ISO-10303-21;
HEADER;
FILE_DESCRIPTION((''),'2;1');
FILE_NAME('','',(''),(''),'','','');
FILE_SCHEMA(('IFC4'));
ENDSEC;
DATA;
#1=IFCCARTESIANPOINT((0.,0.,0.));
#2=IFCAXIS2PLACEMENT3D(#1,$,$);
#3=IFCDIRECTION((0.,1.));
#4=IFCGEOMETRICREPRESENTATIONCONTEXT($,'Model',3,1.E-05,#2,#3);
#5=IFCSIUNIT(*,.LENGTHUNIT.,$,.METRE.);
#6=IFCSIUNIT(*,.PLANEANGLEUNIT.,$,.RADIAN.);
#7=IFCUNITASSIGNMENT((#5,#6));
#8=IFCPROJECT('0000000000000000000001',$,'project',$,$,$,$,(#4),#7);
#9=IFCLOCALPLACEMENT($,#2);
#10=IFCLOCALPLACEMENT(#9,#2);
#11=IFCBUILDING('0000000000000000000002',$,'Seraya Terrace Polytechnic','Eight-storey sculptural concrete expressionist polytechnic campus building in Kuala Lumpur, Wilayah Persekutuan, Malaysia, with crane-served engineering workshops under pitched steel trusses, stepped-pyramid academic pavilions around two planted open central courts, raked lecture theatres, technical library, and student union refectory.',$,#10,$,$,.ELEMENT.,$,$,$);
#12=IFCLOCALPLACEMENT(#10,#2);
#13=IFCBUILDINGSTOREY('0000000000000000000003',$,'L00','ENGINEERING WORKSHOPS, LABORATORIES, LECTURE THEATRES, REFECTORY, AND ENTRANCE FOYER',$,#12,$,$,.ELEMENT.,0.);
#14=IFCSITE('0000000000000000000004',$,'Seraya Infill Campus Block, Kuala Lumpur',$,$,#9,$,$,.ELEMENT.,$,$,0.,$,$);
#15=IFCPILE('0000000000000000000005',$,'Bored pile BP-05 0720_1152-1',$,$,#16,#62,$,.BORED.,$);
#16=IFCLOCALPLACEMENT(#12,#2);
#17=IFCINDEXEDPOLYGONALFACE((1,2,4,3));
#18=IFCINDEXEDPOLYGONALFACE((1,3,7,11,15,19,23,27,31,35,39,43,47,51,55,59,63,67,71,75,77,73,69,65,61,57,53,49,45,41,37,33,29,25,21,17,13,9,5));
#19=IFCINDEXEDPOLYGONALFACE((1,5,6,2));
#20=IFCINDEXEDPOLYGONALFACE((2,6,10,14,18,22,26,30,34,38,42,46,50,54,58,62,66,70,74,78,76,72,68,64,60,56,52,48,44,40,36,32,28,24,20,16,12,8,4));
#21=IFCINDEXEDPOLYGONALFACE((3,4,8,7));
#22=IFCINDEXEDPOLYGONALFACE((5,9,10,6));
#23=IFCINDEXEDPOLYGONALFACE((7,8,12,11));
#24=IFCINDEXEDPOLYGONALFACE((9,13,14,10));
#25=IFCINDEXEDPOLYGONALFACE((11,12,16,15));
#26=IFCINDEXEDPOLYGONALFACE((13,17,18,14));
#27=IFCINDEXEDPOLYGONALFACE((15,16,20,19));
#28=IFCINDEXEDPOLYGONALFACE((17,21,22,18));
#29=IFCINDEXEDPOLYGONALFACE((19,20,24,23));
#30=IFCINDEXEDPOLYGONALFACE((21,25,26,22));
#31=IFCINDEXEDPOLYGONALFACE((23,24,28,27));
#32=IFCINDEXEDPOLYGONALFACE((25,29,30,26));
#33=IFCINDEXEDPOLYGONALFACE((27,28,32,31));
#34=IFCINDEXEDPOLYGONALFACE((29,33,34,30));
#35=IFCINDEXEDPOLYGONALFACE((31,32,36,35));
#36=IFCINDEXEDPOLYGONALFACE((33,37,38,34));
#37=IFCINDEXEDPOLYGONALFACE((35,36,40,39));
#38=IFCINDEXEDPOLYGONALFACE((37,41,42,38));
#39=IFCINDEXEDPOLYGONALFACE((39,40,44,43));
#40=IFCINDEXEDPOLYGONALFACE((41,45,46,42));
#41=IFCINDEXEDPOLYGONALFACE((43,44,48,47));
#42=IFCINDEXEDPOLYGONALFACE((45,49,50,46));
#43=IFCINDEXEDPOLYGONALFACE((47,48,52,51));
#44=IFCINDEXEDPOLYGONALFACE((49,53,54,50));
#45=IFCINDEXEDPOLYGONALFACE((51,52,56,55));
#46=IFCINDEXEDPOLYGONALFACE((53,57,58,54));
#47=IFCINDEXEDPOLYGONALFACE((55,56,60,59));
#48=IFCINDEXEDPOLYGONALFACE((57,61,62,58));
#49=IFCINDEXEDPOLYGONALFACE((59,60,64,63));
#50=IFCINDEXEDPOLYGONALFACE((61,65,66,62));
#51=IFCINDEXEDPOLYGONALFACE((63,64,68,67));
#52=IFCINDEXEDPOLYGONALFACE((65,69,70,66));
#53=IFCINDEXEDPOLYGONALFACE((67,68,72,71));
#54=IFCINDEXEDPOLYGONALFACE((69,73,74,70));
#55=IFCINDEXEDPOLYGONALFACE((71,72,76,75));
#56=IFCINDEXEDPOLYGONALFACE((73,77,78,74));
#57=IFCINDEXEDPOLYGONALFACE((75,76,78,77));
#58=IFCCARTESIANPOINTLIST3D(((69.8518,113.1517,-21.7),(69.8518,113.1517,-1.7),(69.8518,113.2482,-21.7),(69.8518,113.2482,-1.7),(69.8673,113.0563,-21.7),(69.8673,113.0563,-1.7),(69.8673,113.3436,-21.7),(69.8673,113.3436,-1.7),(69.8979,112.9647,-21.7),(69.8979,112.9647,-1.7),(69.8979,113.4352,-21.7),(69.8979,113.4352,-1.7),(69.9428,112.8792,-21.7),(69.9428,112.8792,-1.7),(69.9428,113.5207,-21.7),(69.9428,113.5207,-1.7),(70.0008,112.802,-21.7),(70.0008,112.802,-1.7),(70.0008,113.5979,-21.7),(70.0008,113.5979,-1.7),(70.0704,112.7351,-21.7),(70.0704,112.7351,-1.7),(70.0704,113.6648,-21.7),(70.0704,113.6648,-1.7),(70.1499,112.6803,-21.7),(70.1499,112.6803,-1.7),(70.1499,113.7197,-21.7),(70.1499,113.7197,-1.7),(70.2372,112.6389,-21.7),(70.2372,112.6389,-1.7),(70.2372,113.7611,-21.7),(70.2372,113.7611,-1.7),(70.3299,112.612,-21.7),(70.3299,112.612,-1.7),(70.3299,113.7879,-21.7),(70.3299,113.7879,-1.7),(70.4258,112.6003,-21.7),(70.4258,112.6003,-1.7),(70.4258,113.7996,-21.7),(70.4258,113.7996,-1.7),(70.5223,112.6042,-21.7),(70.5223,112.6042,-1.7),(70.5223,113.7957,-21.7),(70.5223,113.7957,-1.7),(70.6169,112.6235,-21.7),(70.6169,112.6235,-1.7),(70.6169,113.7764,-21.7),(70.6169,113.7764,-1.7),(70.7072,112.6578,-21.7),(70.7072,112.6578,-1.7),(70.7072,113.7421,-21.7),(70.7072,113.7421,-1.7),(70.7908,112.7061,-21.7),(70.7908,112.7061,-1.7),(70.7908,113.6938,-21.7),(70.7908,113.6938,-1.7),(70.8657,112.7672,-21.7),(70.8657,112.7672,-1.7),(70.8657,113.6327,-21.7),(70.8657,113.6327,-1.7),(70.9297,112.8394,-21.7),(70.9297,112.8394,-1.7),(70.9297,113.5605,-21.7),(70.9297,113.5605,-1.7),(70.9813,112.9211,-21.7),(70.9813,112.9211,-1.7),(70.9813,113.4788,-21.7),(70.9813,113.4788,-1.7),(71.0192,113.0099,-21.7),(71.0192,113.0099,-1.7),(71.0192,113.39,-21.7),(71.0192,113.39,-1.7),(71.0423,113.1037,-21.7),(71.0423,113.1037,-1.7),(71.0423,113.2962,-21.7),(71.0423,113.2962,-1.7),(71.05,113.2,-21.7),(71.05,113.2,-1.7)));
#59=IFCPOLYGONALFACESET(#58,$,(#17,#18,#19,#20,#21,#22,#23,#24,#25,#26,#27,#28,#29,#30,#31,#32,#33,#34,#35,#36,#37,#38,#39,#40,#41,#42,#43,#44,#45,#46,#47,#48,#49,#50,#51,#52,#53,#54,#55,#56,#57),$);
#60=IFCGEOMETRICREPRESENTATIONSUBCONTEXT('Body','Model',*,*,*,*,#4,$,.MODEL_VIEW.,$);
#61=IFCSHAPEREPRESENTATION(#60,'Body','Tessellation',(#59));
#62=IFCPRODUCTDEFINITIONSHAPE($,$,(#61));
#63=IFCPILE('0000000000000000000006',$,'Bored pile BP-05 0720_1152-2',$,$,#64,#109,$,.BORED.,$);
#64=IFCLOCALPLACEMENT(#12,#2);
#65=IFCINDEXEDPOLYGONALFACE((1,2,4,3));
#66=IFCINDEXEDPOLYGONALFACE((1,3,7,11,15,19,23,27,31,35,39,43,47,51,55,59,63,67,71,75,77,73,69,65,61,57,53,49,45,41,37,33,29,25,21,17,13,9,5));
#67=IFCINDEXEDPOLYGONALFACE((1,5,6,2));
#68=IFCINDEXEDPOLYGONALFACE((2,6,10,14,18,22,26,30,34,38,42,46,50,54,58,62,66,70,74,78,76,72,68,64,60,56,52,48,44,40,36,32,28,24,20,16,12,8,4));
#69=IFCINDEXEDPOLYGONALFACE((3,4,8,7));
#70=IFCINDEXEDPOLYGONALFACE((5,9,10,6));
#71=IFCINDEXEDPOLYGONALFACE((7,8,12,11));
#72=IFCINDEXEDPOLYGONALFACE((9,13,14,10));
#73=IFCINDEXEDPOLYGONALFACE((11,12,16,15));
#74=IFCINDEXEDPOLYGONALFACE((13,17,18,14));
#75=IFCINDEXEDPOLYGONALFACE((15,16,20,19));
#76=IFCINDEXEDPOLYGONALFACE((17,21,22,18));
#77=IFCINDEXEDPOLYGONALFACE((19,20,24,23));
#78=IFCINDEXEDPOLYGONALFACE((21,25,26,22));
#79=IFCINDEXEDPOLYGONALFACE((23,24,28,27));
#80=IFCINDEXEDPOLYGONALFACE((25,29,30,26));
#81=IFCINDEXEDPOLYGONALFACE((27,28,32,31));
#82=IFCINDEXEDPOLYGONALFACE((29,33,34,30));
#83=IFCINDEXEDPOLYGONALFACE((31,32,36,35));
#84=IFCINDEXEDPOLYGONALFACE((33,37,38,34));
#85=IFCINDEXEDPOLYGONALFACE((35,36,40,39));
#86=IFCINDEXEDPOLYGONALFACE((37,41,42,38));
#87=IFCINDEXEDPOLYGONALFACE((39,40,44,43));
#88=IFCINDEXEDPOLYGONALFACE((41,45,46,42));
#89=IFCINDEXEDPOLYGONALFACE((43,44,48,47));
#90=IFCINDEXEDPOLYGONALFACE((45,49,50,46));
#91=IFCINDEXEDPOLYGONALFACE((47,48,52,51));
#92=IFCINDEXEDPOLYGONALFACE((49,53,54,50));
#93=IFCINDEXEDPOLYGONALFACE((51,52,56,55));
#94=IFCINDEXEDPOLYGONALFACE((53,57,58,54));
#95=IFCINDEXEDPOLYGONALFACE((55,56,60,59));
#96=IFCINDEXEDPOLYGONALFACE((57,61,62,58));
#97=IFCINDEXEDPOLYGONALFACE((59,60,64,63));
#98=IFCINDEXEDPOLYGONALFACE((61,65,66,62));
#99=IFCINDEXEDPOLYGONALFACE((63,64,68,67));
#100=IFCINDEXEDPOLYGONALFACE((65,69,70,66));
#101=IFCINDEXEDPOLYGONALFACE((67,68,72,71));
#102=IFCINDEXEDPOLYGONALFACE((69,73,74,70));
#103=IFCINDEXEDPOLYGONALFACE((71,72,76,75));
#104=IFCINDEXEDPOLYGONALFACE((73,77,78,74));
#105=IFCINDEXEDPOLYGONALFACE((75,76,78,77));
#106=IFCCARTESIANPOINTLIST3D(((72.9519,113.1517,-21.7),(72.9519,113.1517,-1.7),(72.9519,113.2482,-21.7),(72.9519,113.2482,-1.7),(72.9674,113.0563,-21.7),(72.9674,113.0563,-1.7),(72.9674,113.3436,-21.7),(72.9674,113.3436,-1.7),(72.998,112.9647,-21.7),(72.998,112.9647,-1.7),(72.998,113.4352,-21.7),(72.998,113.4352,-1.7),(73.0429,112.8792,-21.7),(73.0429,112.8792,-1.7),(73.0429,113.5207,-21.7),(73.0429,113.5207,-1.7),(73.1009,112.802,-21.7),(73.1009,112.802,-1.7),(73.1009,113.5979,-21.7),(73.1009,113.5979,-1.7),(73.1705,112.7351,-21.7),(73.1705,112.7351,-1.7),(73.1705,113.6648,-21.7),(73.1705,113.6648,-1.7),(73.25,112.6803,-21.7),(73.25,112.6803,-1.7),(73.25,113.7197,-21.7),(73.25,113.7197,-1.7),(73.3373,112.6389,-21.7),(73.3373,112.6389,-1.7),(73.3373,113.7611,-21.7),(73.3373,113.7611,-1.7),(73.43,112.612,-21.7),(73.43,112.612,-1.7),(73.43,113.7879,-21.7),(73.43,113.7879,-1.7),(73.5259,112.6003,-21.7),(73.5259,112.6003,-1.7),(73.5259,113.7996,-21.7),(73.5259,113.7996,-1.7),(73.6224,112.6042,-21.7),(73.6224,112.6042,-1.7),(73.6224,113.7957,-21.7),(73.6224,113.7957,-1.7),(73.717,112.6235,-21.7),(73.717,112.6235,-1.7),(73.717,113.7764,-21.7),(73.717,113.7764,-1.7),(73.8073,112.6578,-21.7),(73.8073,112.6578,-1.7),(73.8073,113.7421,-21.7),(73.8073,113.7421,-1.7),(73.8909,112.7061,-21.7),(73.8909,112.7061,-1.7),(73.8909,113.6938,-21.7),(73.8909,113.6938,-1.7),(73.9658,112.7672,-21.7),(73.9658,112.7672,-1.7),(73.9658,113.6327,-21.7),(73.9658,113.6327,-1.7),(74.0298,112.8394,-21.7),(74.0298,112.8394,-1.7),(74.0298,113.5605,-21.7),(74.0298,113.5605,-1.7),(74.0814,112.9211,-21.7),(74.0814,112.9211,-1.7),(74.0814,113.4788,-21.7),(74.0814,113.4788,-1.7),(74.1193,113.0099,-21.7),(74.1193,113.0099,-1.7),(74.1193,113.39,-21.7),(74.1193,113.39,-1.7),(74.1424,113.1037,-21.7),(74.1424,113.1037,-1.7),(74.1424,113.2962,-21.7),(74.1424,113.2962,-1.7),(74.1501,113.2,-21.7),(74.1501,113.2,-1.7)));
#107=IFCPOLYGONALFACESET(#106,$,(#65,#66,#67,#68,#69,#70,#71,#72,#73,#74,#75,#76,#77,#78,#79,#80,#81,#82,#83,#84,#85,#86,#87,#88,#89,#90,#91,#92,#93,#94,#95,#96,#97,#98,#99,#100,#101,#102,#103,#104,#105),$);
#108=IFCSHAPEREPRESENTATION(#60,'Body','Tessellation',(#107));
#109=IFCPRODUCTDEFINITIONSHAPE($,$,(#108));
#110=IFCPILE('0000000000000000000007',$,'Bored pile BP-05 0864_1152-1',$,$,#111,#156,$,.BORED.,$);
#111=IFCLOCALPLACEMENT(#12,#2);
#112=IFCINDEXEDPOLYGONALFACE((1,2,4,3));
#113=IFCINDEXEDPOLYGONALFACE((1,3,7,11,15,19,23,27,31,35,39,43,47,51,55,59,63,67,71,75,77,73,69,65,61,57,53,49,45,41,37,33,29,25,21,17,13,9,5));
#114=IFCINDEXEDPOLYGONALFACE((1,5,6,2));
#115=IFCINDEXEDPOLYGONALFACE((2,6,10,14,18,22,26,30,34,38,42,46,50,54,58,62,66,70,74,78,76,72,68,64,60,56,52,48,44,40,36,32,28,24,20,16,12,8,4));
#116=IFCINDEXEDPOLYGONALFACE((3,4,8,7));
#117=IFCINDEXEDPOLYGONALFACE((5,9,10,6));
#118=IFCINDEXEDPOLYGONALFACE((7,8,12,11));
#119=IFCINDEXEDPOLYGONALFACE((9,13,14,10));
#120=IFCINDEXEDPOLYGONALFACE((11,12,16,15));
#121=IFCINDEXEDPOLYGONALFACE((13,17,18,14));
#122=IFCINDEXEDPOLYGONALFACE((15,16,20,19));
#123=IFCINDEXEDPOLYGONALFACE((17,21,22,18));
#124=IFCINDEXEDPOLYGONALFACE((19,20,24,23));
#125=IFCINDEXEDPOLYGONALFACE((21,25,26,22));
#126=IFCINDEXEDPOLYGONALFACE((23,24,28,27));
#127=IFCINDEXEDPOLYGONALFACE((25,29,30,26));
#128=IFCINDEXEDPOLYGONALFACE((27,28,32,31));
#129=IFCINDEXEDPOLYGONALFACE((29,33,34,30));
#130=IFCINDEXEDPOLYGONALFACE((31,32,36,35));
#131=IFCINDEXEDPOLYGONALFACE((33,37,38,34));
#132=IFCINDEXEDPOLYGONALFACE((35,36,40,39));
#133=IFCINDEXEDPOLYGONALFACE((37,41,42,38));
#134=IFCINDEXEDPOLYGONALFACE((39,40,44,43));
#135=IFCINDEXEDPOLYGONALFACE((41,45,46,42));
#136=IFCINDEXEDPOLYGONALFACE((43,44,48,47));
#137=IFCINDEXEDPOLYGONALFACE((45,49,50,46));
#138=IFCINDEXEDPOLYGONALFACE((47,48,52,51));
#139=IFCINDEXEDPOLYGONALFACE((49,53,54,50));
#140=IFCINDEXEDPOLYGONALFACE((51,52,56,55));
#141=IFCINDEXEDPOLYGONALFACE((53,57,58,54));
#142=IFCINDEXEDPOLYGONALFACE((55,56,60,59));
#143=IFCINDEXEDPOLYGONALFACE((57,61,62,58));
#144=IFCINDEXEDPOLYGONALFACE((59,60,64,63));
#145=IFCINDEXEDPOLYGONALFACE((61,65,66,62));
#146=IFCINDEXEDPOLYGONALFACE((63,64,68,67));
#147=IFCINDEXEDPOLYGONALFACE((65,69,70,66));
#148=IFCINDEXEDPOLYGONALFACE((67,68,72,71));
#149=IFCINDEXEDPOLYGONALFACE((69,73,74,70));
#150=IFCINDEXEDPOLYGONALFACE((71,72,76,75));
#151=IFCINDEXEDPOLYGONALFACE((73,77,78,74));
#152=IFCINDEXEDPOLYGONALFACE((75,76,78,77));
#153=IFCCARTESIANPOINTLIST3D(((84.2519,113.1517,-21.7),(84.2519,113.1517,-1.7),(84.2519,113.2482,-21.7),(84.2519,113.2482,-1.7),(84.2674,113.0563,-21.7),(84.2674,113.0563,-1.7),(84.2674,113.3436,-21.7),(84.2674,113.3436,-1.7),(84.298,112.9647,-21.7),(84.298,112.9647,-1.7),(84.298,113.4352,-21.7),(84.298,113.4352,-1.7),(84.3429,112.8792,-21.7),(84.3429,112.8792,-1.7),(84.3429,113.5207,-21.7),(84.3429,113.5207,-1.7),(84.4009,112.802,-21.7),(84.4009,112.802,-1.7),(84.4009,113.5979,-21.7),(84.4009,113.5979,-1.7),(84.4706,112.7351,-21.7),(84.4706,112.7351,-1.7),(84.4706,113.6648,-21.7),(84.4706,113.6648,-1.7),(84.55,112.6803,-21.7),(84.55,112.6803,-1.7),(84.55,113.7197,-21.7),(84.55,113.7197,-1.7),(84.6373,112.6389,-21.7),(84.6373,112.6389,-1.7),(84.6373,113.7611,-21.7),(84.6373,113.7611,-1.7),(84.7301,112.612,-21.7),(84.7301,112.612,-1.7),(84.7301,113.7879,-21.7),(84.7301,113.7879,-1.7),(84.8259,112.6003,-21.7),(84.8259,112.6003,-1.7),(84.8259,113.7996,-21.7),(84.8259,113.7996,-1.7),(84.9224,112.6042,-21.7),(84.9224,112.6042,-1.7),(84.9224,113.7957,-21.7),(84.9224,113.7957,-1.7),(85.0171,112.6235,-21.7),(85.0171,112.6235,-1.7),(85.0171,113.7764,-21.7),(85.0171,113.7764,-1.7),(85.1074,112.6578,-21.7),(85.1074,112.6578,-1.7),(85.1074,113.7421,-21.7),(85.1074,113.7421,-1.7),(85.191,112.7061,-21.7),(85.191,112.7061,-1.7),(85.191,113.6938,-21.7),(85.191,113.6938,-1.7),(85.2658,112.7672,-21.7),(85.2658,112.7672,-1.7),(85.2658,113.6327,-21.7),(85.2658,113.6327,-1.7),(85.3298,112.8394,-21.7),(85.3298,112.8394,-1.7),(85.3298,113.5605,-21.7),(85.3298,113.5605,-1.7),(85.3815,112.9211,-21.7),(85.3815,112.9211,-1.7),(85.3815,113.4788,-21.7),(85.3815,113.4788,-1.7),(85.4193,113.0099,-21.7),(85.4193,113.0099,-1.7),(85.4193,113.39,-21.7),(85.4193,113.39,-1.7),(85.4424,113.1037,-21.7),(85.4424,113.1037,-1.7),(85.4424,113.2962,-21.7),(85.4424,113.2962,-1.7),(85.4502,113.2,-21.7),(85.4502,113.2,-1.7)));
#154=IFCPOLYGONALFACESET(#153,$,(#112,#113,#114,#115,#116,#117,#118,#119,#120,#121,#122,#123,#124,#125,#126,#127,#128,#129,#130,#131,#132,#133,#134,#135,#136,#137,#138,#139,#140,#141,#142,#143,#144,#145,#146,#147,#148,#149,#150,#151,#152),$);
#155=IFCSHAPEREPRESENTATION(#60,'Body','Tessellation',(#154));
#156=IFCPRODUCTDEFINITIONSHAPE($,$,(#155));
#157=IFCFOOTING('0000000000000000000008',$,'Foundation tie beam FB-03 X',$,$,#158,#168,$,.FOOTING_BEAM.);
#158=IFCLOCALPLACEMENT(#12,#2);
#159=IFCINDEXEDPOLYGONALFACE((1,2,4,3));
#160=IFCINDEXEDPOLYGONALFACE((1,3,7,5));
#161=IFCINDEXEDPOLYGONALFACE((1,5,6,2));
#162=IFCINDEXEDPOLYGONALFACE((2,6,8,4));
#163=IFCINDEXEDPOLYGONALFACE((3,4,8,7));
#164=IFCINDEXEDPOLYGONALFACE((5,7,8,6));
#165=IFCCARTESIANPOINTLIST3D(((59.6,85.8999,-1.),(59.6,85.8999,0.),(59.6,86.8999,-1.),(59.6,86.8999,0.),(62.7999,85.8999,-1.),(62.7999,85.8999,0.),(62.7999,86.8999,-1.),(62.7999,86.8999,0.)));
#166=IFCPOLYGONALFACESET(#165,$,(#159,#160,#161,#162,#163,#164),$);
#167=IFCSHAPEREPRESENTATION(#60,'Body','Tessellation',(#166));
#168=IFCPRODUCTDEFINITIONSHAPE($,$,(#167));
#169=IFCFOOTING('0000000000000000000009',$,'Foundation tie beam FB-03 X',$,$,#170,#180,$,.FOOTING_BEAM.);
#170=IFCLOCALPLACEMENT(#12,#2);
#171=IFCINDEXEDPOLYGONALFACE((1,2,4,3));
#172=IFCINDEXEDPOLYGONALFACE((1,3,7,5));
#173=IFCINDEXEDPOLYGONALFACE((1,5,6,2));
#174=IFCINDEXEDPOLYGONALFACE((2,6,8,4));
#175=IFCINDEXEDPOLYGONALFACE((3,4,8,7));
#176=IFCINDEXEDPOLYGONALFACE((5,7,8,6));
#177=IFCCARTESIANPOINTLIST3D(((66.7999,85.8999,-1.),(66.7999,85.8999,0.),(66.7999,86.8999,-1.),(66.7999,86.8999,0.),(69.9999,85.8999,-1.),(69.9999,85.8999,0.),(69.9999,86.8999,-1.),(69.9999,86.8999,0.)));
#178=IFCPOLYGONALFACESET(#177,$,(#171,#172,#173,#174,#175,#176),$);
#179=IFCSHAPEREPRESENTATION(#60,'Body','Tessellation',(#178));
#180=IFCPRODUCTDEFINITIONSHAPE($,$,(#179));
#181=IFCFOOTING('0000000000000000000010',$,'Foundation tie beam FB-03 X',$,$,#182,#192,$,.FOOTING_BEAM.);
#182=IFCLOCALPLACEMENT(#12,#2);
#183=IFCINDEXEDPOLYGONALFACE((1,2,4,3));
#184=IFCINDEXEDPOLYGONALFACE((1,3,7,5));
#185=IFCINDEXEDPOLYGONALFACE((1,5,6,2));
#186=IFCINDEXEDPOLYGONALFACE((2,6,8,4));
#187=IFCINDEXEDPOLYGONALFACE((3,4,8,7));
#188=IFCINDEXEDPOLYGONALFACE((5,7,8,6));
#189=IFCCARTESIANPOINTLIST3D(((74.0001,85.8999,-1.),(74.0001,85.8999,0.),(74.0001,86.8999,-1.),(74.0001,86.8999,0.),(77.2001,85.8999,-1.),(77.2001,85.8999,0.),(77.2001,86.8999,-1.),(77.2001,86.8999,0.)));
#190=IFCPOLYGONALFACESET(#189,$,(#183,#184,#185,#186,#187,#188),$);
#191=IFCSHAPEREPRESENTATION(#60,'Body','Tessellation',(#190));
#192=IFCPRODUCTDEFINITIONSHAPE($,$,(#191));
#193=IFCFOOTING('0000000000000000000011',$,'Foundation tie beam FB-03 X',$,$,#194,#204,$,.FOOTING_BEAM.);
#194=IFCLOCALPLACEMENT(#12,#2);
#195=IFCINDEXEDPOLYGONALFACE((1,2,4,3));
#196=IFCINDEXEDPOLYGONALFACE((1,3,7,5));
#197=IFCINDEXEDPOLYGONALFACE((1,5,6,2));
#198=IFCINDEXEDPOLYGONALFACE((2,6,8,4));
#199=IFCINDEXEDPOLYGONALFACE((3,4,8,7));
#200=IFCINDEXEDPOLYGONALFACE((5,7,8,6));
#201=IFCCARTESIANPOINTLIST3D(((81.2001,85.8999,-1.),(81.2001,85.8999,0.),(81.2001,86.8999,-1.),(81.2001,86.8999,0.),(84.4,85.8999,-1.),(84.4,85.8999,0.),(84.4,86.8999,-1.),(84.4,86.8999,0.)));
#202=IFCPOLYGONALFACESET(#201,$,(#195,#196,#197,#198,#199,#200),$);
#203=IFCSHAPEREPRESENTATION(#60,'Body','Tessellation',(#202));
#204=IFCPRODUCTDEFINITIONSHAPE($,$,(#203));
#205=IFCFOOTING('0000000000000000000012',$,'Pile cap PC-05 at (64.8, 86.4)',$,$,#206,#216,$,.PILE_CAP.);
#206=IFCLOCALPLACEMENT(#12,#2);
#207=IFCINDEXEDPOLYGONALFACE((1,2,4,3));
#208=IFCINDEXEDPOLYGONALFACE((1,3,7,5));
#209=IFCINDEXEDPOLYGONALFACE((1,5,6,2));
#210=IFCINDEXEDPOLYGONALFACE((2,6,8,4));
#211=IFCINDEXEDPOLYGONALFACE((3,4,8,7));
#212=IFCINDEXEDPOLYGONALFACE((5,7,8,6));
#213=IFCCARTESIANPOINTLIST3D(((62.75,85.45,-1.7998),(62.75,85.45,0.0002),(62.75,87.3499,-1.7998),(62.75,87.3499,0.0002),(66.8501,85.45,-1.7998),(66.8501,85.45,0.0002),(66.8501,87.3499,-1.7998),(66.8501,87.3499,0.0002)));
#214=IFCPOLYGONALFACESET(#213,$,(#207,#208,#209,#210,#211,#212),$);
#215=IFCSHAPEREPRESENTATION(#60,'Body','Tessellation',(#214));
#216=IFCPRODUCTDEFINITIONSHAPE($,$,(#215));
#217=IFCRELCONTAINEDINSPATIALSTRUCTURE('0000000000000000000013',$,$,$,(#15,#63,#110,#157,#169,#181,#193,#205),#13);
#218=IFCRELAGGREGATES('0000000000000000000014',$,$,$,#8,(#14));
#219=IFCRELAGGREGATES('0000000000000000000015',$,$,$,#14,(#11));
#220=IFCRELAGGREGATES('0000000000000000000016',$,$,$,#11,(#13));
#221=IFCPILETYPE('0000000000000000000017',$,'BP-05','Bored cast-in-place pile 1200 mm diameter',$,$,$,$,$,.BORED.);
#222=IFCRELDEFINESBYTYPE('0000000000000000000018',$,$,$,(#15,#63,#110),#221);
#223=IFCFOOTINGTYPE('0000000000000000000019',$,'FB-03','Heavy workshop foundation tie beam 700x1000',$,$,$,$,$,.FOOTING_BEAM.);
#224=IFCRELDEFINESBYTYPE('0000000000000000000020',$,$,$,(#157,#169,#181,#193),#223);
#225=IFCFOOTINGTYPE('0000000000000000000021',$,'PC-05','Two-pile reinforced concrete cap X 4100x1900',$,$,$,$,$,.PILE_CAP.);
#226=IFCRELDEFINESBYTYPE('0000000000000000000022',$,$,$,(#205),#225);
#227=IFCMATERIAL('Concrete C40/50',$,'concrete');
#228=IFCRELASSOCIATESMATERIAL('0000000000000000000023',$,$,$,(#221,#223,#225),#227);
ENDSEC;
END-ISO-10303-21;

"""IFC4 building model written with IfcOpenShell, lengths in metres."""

from ifc_helpers import new_model, si_unit, direction, frame, origin, origin_2d, place, context, subcontext, project, spatial, rectangle, circle, extrude, material, material_profile, profile_set, type_object, element, save


model = new_model("IFC4")

# Units and contexts
model_context = context("Model", 3, precision=1e-05, world=origin(), true_north=direction((0.0, 1.0)))
body_context = subcontext(model_context, "Body", "Model", "MODEL_VIEW")
ifc_project = project(units=[si_unit("LENGTHUNIT", "METRE"), si_unit("PLANEANGLEUNIT", "RADIAN")], contexts=[model_context])

# Site, building, storey
site_placement = place(None, origin())
site = spatial("IfcSite", under=ifc_project, at=site_placement, Name="Seraya Infill Campus Block, Kuala Lumpur", CompositionType="ELEMENT", RefElevation=0.0)
building_placement = place(site_placement, origin())
building = spatial("IfcBuilding", under=site, at=building_placement, Name="Seraya Terrace Polytechnic", Description="Eight-storey sculptural concrete expressionist polytechnic campus building in Kuala Lumpur, Wilayah Persekutuan, Malaysia, with crane-served engineering workshops under pitched steel trusses, stepped-pyramid academic pavilions around two planted open central courts, raked lecture theatres, technical library, and student union refectory.", CompositionType="ELEMENT")
storey_placement = place(building_placement, origin())
storey = spatial("IfcBuildingStorey", under=building, at=storey_placement, Name="L00", Description="ENGINEERING WORKSHOPS, LABORATORIES, LECTURE THEATRES, REFECTORY, AND ENTRANCE FOYER", CompositionType="ELEMENT", Elevation=0.0)

# Piles
ifc_material = material(Name="Concrete C40/50", Category="concrete")
ifc_material_profile_1 = material_profile(ifc_material, circle(Radius=0.6001, at=origin_2d()), Name="DIA 1200")
ifc_profile_set_1 = profile_set([ifc_material_profile_1], Name="Concrete C40/50")
pile_type_1 = type_object("IfcPileType", Name="BP-05", Description="Bored cast-in-place pile 1200 mm diameter", PredefinedType="BORED", material=ifc_profile_set_1)
for number, where, z_axis, x_axis, name in (
    (1, (70.45, 113.2, -1.7), (0.0, 0.0, -1.0), (1.0, 0.0, 0.0), "Bored pile BP-05 0720_1152-1"),
    (2, (73.55, 113.2, -1.7), (0.0, 0.0, -1.0), (1.0, 0.0, 0.0), "Bored pile BP-05 0720_1152-2"),
    (3, (84.8501, 113.2, -1.7), (0.0, 0.0, -1.0), (1.0, 0.0, 0.0), "Bored pile BP-05 0864_1152-1"),
):
    element("IfcPile", number, at=place(storey_placement, frame(where, z_axis=z_axis, x_axis=x_axis)), inside=storey, type_object=pile_type_1, Name=name, PredefinedType="BORED", context=body_context, shape_type="SweptSolid", body=[
        extrude(circle(Radius=0.6001, at=origin_2d()), origin(), (0.0, 0.0, 1.0), 20.0),
    ])

# Footings
footing_type_1 = type_object("IfcFootingType", Name="FB-03", Description="Heavy workshop foundation tie beam 700x1000", PredefinedType="FOOTING_BEAM", material=ifc_material)
for number, where, z_axis, x_axis, name in (
    (4, (61.2, 86.3999, -1.0), (0.0, 0.0, 1.0), (1.0, 0.0, 0.0), "Foundation tie beam FB-03 X"),
    (5, (68.3999, 86.3999, -1.0), (0.0, 0.0, 1.0), (1.0, 0.0, 0.0), "Foundation tie beam FB-03 X"),
    (6, (75.6001, 86.3999, -1.0), (0.0, 0.0, 1.0), (1.0, 0.0, 0.0), "Foundation tie beam FB-03 X"),
    (7, (82.8, 86.3999, -1.0), (0.0, 0.0, 1.0), (1.0, 0.0, 0.0), "Foundation tie beam FB-03 X"),
):
    element("IfcFooting", number, at=place(storey_placement, frame(where, z_axis=z_axis, x_axis=x_axis)), inside=storey, type_object=footing_type_1, Name=name, PredefinedType="FOOTING_BEAM", context=body_context, shape_type="SweptSolid", body=[
        extrude(rectangle(XDim=3.2, YDim=1.0, at=origin_2d()), origin(), (0.0, 0.0, 1.0), 1.0),
    ])
footing_type_2 = type_object("IfcFootingType", Name="PC-05", Description="Two-pile reinforced concrete cap X 4100x1900", PredefinedType="PILE_CAP", material=ifc_material)
for number, where, z_axis, x_axis, name in (
    (8, (64.8, 86.3999, -1.7998), (0.0, 0.0, 1.0), (1.0, 0.0, 0.0), "Pile cap PC-05 at (64.8, 86.4)"),
):
    element("IfcFooting", number, at=place(storey_placement, frame(where, z_axis=z_axis, x_axis=x_axis)), inside=storey, type_object=footing_type_2, Name=name, PredefinedType="PILE_CAP", context=body_context, shape_type="SweptSolid", body=[
        extrude(rectangle(XDim=4.1001, YDim=1.8999, at=origin_2d()), origin(), (0.0, 0.0, 1.0), 1.8),
    ])

save(model, "model.ifc")
